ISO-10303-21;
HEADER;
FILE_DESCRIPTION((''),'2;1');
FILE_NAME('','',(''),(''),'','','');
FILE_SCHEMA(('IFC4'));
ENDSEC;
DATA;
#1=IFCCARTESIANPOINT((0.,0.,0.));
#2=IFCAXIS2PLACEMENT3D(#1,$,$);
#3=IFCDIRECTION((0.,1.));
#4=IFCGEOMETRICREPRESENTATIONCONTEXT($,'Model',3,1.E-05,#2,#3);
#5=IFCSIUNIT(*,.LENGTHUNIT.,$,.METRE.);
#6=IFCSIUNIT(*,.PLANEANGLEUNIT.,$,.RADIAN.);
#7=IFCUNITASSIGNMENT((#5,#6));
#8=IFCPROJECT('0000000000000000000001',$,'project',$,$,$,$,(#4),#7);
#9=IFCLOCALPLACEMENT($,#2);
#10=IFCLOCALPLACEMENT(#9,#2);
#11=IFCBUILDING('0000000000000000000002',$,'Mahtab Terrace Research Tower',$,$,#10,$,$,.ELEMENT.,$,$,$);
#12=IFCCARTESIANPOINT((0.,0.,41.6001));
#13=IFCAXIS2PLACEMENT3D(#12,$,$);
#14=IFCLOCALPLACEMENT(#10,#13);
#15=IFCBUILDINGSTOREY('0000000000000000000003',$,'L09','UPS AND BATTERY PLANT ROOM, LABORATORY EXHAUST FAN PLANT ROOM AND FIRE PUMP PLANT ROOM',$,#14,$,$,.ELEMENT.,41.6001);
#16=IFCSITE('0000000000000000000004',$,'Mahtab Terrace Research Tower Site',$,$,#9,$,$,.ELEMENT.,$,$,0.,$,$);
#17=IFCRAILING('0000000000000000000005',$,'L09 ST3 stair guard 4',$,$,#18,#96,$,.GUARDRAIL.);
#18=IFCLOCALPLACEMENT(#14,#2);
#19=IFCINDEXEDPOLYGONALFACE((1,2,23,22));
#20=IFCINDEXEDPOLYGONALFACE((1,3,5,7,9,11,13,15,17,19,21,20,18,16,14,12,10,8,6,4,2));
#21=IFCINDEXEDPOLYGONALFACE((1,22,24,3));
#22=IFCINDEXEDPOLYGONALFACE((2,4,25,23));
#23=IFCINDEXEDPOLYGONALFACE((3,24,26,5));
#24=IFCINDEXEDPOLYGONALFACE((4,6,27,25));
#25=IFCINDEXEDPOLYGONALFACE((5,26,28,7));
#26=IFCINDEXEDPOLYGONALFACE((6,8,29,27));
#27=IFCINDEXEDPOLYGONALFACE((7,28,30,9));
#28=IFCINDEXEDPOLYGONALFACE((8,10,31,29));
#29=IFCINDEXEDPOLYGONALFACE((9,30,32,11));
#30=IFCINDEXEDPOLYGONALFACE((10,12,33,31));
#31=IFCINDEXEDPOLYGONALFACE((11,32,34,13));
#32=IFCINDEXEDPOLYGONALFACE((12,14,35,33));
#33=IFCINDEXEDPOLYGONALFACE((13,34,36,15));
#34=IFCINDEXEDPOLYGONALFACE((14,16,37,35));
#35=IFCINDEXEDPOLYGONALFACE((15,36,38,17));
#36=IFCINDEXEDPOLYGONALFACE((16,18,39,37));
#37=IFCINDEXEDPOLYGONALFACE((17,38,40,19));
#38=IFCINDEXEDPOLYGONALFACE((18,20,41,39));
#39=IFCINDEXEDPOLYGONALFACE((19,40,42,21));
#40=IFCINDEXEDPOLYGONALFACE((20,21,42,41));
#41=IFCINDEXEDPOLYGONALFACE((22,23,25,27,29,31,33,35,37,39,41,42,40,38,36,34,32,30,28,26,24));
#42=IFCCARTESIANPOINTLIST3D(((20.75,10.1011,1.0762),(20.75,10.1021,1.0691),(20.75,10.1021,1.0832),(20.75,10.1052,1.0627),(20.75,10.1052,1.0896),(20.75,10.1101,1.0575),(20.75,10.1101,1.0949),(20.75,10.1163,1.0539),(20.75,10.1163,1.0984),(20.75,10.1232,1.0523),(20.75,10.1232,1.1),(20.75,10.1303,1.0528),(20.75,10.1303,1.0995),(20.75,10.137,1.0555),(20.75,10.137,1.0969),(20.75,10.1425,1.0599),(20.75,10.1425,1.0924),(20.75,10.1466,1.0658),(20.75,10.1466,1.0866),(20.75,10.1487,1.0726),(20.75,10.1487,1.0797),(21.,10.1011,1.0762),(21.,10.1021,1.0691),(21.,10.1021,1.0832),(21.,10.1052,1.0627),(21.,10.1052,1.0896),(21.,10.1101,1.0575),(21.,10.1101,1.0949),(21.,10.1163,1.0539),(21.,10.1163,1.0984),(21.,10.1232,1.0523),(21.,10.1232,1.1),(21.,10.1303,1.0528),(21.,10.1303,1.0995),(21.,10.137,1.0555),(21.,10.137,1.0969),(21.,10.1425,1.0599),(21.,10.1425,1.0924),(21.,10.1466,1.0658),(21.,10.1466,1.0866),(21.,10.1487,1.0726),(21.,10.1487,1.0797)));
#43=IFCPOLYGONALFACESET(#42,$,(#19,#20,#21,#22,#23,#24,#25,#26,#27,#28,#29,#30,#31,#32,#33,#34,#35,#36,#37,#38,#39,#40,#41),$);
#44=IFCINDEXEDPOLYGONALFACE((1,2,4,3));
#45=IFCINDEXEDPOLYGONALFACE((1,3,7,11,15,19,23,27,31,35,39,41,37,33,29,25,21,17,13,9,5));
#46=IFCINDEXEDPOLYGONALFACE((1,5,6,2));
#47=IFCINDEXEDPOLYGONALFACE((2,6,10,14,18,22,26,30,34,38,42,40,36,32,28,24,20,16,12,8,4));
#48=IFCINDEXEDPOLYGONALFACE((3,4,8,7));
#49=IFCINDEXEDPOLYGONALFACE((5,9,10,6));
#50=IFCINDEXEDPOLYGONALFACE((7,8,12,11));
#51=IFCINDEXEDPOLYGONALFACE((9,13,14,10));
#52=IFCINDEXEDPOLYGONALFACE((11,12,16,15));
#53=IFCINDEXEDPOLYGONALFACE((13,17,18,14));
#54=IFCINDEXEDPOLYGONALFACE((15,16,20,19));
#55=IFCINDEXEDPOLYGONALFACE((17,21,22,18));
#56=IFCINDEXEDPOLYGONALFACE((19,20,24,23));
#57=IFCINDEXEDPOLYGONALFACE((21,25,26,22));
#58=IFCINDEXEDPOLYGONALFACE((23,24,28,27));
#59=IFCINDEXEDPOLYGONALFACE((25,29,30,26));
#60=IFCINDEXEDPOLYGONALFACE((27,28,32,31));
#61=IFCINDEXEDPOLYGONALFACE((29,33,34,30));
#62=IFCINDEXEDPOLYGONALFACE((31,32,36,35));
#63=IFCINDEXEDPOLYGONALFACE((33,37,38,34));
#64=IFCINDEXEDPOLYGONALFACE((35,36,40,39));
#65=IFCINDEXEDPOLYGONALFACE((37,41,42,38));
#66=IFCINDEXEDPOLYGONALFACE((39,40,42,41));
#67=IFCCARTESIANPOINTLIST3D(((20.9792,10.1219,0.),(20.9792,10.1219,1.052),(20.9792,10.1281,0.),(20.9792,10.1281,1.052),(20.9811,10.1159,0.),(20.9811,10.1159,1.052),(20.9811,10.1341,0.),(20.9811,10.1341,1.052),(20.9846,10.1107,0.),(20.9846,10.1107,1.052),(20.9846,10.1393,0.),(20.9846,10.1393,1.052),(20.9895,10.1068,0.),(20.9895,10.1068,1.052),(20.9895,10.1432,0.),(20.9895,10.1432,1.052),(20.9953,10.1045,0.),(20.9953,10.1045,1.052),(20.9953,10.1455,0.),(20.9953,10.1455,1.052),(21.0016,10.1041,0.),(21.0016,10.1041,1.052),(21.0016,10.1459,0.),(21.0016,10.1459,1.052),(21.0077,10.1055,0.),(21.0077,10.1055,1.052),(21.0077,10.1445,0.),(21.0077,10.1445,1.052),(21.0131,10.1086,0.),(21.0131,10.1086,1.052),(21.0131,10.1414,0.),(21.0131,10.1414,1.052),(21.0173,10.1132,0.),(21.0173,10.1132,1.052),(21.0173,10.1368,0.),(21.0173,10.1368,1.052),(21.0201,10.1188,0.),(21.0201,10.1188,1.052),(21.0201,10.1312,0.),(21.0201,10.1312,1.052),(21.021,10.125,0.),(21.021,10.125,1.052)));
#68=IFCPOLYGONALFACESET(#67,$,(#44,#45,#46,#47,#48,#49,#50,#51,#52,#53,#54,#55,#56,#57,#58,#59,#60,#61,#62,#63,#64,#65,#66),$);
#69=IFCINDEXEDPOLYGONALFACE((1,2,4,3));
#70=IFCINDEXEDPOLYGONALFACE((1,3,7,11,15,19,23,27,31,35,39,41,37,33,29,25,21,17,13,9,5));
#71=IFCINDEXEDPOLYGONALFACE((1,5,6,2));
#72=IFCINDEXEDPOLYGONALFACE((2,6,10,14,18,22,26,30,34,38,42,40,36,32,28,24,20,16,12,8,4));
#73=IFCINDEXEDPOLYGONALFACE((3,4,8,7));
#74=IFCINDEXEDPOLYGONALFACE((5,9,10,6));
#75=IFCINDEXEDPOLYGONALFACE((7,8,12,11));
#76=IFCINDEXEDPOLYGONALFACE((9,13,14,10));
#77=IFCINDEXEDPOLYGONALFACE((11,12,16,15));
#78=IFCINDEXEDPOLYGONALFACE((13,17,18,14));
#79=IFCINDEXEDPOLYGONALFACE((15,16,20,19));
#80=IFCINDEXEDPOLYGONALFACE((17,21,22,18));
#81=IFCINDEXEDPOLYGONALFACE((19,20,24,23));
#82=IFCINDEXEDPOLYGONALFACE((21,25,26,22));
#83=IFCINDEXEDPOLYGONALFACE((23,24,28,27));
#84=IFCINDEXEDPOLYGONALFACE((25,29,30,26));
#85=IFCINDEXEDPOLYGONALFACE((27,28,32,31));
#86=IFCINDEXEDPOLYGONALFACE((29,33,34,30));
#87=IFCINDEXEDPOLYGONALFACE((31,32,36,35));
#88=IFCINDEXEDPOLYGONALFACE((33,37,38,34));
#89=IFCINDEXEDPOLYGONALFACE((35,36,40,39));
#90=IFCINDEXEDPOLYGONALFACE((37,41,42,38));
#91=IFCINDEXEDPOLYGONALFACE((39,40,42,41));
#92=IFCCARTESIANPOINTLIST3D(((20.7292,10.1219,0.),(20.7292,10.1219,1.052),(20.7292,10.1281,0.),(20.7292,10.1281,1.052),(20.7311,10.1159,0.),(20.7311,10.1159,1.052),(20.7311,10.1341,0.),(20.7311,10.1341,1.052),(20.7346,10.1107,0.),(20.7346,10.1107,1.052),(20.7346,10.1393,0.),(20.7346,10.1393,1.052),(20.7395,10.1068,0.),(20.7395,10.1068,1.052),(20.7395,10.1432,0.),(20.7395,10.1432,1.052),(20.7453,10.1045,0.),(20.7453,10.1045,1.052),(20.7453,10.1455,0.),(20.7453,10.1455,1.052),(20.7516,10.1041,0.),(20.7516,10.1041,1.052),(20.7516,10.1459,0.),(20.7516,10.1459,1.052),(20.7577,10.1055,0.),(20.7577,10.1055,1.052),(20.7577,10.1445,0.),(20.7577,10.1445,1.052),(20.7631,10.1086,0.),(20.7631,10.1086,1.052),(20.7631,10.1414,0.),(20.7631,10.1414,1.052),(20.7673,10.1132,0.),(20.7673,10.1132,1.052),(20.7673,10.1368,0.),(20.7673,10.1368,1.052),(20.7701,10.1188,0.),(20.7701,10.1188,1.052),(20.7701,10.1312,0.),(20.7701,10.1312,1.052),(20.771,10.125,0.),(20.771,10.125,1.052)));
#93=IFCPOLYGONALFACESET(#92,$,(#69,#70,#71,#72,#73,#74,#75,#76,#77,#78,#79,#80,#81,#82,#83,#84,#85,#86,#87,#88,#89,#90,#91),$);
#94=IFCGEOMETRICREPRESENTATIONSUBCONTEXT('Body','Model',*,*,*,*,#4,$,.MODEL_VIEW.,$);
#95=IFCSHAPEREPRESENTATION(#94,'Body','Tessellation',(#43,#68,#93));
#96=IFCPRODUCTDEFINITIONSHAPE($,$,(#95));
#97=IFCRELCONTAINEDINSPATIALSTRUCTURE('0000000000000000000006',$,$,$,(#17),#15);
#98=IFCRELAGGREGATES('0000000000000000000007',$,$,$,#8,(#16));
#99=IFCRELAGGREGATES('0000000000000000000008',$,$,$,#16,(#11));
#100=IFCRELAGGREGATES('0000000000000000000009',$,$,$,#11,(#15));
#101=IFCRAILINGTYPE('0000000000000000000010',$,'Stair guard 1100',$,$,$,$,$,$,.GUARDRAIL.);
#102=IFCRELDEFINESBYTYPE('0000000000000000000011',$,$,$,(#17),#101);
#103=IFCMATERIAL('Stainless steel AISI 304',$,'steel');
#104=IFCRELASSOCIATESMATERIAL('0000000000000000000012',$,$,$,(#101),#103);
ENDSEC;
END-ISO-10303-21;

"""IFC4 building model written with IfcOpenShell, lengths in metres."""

from ifc_helpers import new_model, si_unit, direction, frame, origin, origin_2d, place, context, subcontext, project, spatial, circle, extrude, material, type_object, element, save


model = new_model("IFC4")

# Units and contexts
model_context = context("Model", 3, precision=1e-05, world=origin(), true_north=direction((0.0, 1.0)))
body_context = subcontext(model_context, "Body", "Model", "MODEL_VIEW")
ifc_project = project(units=[si_unit("LENGTHUNIT", "METRE"), si_unit("PLANEANGLEUNIT", "RADIAN")], contexts=[model_context])

# Site, building, storey
site_placement = place(None, origin())
site = spatial("IfcSite", under=ifc_project, at=site_placement, Name="Mahtab Terrace Research Tower Site", CompositionType="ELEMENT", RefElevation=0.0)
building_placement = place(site_placement, origin())
building = spatial("IfcBuilding", under=site, at=building_placement, Name="Mahtab Terrace Research Tower", CompositionType="ELEMENT")
storey_placement = place(building_placement, frame((0.0, 0.0, 41.6001)))
storey = spatial("IfcBuildingStorey", under=building, at=storey_placement, Name="L09", Description="UPS AND BATTERY PLANT ROOM, LABORATORY EXHAUST FAN PLANT ROOM AND FIRE PUMP PLANT ROOM", CompositionType="ELEMENT", Elevation=41.6001)

# Railing
ifc_material_1 = material(Name="Stainless steel AISI 304", Category="steel")
railing_type_1 = type_object("IfcRailingType", Name="Stair guard 1100", PredefinedType="GUARDRAIL", material=ifc_material_1)
railing_1_placement = place(storey_placement, frame((21.0, 10.125, 0.0)))
element("IfcRailing", 1, at=railing_1_placement, inside=storey, type_object=railing_type_1, Name="L09 ST3 stair guard 4", PredefinedType="GUARDRAIL", context=body_context, shape_type="SweptSolid", body=[
    extrude(circle(Radius=0.0239, at=origin_2d()), frame((0.0, 0.0, 1.0762), z_axis=(-1.0, 0.0, 0.0), x_axis=(0.0, -1.0, 0.0)), (0.0, 0.0, 1.0), 0.25),
    extrude(circle(Radius=0.021, at=origin_2d()), origin(), (0.0, 0.0, 1.0), 1.052),
    extrude(circle(Radius=0.021, at=origin_2d()), frame((-0.25, 0.0, 0.0)), (0.0, 0.0, 1.0), 1.052),
])

save(model, "model.ifc")
